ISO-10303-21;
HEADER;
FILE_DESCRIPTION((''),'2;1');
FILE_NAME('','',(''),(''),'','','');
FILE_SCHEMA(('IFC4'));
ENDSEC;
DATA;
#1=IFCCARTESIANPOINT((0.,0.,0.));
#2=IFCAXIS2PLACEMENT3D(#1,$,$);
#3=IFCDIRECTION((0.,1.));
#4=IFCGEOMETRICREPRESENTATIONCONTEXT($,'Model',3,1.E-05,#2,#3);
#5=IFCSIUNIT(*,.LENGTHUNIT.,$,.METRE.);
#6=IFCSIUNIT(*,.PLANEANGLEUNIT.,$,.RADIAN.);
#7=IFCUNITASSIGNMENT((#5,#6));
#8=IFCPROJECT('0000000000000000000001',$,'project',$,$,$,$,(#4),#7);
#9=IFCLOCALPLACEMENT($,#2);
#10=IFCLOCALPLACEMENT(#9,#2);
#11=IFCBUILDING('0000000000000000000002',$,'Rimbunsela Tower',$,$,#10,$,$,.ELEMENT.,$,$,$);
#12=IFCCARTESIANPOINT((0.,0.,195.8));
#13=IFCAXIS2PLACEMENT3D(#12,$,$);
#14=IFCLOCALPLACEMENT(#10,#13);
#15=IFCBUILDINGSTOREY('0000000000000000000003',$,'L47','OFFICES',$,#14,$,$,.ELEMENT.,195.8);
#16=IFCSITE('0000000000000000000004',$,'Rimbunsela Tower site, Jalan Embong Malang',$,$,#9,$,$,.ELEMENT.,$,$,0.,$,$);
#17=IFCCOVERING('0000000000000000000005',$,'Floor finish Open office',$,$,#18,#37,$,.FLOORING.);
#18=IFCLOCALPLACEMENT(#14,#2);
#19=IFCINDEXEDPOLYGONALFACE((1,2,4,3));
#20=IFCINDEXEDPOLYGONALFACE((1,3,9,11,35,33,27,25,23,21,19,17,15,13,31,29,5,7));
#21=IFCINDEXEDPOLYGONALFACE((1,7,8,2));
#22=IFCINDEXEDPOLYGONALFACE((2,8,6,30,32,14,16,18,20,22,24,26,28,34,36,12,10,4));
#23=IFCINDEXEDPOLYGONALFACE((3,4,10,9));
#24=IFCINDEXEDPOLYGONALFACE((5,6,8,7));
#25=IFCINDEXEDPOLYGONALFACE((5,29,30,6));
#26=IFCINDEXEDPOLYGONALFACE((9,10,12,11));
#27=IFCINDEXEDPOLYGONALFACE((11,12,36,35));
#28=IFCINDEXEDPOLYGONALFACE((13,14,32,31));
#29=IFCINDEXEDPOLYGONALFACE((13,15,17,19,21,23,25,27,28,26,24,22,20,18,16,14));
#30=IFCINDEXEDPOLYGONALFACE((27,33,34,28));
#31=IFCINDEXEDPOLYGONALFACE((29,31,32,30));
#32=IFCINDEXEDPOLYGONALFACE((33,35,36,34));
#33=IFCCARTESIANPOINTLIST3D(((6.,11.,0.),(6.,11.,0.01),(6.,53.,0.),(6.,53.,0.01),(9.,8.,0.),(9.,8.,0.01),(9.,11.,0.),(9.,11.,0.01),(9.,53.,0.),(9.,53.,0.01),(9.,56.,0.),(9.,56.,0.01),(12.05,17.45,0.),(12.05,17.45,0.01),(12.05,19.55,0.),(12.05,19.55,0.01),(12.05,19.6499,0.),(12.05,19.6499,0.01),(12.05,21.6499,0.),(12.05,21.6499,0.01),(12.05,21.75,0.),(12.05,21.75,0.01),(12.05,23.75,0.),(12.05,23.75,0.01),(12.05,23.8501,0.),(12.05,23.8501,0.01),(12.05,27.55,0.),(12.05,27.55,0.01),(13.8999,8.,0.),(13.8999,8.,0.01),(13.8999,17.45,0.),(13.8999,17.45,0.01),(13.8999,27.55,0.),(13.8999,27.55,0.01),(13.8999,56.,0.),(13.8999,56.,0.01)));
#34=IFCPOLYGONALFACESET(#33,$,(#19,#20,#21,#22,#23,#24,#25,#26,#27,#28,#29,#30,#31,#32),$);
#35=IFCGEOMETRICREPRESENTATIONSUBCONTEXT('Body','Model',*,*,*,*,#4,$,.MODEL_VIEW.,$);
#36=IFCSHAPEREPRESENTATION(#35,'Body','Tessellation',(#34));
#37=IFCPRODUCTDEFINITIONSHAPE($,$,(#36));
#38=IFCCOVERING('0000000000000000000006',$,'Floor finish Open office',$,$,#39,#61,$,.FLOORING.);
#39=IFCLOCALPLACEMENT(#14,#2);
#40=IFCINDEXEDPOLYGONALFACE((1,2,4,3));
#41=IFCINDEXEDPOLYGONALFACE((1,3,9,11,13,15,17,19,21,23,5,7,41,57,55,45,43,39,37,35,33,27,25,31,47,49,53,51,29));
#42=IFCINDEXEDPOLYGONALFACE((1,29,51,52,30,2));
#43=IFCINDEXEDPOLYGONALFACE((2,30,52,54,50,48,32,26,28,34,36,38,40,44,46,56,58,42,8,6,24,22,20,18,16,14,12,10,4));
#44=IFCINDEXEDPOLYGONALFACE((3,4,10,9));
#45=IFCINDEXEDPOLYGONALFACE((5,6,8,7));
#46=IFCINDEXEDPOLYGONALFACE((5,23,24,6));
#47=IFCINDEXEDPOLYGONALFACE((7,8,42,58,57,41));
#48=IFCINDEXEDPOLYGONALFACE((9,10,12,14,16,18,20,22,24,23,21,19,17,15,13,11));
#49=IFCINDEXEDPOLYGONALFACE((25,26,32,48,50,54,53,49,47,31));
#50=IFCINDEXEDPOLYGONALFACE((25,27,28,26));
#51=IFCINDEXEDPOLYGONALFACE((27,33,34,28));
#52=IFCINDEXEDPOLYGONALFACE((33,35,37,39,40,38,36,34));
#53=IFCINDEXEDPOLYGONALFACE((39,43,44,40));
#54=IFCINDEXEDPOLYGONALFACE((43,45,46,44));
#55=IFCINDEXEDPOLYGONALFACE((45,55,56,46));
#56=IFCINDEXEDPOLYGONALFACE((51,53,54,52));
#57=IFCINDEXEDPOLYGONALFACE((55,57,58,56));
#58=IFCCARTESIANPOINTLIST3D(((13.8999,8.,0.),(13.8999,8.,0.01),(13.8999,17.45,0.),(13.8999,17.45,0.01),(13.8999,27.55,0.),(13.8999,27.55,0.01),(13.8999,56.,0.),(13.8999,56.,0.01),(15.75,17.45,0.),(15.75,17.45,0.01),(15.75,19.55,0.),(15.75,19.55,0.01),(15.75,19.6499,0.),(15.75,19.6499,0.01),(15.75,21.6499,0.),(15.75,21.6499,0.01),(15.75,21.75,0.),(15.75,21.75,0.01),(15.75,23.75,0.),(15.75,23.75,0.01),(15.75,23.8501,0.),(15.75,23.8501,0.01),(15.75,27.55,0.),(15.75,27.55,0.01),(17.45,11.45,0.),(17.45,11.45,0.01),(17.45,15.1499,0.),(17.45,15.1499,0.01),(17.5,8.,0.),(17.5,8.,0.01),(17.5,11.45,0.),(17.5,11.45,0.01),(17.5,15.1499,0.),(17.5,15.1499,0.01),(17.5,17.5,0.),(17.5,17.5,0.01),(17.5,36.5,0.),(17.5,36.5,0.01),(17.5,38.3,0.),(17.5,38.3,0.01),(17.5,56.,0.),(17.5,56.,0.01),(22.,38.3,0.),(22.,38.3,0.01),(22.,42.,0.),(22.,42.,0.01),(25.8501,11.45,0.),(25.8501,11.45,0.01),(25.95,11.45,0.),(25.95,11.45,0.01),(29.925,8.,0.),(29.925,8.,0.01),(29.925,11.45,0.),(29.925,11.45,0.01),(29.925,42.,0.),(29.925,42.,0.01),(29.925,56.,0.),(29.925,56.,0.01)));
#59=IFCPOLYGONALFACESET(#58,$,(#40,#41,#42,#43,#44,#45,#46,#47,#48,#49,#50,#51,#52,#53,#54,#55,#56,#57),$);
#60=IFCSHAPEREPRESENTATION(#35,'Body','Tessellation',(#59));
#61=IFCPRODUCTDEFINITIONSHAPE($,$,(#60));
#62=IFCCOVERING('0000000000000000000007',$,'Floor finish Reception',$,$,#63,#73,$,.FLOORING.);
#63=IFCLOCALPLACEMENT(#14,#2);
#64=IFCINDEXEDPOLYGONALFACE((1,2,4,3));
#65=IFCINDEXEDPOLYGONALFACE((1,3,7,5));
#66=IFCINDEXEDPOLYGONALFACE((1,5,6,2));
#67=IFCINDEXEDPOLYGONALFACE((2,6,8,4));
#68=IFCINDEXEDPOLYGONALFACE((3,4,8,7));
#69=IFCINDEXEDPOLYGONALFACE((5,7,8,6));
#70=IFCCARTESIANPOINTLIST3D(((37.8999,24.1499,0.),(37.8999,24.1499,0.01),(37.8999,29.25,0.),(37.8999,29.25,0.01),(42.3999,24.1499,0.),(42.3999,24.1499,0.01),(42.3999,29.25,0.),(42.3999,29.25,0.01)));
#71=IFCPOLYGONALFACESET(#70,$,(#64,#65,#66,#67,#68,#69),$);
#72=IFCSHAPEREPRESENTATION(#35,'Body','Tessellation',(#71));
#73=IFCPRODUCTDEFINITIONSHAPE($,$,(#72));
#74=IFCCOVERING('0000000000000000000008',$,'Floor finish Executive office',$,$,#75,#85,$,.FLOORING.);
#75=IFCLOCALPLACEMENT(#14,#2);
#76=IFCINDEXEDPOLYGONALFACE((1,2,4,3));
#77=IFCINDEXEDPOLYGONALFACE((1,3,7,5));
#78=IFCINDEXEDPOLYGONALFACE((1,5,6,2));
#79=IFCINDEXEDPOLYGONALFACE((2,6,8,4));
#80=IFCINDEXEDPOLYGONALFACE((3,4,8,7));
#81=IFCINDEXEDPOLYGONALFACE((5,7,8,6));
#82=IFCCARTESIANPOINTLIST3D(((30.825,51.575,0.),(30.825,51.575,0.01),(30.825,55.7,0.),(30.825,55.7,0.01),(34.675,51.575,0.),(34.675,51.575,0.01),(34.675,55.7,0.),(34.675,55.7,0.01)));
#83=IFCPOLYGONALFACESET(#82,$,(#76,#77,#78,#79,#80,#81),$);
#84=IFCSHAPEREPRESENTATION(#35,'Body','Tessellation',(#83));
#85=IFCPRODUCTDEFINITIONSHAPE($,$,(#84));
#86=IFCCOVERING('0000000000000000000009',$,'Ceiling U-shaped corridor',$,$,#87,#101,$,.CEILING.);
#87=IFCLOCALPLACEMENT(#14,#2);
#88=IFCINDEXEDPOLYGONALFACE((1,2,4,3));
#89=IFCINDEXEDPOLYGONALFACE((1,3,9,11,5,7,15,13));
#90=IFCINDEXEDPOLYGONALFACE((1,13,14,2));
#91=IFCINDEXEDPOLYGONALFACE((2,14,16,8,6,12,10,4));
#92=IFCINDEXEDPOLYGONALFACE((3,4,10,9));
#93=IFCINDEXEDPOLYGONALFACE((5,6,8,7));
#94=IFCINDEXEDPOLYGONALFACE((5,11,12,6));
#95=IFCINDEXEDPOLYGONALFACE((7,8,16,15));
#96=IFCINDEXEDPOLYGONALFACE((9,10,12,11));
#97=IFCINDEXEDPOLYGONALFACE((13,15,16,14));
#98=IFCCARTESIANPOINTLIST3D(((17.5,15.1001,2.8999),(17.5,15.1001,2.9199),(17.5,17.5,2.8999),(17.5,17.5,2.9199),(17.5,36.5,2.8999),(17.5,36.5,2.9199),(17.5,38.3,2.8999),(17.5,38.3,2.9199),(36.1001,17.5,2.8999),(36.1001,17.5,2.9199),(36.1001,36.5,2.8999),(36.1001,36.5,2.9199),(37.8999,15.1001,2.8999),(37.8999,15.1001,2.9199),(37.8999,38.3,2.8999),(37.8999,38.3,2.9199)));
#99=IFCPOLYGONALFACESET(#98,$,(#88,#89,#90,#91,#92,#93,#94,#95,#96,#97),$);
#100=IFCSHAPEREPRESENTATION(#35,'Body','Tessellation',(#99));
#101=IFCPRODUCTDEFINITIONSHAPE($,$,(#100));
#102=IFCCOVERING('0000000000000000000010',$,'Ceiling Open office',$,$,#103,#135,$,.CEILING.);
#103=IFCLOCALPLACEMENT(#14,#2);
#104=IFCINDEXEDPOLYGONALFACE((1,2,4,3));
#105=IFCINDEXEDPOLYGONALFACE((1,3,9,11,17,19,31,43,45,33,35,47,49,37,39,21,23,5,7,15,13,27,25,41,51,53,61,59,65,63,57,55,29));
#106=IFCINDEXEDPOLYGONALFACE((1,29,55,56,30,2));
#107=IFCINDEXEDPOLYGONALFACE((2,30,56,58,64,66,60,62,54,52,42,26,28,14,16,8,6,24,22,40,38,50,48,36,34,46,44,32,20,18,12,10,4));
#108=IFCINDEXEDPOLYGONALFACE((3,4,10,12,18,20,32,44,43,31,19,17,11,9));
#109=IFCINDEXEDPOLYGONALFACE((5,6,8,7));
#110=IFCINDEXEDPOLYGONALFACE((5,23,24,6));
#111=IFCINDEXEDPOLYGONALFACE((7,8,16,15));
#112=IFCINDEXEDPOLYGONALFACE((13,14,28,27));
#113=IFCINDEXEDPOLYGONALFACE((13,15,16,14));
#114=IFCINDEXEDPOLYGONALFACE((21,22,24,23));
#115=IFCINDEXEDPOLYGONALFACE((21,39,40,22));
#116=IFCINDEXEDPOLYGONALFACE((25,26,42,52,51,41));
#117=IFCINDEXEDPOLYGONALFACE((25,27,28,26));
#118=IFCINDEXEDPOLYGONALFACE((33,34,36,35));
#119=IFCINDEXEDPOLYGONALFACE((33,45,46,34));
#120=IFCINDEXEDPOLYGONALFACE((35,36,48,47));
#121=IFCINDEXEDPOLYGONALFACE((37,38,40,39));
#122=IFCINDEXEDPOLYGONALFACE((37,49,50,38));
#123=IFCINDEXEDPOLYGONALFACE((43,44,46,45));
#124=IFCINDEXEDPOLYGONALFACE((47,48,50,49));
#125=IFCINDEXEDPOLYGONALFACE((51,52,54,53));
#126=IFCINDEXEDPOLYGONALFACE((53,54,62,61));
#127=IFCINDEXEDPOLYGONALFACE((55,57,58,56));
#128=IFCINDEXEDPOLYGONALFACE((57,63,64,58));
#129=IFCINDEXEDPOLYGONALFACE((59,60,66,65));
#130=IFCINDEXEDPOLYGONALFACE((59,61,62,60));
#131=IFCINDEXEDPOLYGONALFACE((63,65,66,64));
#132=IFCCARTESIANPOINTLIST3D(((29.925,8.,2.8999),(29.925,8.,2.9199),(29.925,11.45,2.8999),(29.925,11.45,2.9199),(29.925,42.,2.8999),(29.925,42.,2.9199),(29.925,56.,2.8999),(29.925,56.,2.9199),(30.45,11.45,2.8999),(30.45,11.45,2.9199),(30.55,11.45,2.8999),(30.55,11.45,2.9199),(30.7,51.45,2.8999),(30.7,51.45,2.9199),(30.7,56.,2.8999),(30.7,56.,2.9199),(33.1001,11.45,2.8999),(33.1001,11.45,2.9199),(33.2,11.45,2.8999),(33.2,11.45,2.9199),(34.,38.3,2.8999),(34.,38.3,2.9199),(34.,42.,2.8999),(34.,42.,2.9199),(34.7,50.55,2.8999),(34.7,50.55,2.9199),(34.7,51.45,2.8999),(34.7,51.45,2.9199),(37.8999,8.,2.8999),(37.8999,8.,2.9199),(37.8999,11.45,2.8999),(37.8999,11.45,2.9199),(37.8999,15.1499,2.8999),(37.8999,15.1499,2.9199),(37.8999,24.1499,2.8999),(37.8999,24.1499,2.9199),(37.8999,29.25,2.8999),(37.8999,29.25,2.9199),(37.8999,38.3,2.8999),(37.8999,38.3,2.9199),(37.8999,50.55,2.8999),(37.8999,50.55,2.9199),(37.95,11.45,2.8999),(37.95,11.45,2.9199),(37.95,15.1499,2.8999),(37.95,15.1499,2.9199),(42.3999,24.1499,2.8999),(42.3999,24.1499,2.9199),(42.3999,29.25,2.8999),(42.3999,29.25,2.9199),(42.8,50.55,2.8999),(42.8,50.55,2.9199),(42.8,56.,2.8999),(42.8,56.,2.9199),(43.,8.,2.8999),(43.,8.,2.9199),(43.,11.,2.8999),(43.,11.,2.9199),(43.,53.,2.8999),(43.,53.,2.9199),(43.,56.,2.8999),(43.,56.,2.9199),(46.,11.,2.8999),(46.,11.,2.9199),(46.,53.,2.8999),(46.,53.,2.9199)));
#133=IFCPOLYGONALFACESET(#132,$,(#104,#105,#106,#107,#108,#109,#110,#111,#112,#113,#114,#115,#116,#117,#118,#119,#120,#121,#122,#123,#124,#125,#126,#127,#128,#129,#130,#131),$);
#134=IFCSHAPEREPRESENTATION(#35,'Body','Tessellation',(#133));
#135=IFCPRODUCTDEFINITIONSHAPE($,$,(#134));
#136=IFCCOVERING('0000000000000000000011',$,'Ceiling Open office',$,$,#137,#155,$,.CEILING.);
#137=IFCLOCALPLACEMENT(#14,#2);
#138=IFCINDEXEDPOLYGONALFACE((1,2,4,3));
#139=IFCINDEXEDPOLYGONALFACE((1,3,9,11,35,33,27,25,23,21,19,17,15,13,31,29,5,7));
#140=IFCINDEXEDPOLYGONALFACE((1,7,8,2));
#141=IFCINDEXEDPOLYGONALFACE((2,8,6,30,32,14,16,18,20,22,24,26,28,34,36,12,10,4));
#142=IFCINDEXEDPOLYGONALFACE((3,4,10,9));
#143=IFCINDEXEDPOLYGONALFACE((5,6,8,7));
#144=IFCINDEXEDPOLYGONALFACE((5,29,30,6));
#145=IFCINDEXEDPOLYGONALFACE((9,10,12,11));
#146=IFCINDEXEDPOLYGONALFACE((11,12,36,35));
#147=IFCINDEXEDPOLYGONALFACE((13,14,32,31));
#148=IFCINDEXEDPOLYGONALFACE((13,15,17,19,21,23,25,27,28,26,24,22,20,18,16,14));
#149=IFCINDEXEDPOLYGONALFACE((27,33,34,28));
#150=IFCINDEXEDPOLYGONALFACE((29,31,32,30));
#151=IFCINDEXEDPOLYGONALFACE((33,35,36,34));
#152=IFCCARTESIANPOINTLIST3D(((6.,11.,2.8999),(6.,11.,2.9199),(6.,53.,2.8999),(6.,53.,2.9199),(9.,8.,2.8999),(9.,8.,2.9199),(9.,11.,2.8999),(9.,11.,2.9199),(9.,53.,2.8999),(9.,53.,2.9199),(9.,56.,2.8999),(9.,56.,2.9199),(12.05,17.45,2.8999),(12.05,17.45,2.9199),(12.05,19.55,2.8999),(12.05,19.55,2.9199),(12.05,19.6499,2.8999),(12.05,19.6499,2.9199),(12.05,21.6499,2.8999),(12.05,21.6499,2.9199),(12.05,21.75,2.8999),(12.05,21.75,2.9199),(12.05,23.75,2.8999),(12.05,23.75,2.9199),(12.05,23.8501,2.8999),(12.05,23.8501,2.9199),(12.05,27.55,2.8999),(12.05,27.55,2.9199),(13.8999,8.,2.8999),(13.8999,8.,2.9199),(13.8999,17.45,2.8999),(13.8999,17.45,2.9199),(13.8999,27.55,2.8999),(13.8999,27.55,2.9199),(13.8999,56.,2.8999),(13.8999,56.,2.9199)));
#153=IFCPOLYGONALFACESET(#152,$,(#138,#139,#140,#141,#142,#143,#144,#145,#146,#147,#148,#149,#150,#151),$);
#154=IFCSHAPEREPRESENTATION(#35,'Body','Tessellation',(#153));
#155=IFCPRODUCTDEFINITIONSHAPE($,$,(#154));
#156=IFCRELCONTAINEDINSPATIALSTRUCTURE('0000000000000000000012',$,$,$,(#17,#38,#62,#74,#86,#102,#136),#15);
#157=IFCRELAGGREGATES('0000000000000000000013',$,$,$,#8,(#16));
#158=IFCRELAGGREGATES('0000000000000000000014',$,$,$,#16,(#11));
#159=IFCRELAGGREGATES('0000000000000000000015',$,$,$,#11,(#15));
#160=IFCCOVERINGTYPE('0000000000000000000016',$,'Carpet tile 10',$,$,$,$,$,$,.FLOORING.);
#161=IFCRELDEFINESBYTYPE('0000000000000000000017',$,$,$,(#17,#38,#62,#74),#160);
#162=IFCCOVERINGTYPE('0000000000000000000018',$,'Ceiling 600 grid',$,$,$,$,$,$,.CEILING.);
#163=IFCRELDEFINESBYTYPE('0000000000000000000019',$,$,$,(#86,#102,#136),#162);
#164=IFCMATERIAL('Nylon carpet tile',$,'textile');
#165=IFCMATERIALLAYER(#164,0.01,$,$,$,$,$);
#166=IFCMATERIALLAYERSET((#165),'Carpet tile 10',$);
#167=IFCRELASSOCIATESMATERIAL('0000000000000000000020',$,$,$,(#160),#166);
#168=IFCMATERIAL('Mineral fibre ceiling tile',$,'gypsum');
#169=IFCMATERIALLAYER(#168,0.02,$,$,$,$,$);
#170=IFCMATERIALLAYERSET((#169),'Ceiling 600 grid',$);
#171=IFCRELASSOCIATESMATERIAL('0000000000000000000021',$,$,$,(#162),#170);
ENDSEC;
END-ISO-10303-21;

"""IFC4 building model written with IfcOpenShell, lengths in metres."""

from ifc_helpers import new_model, si_unit, direction, frame, origin, place, context, subcontext, project, spatial, polyline, outline, extrude, material, layer, layer_set, type_object, element, save


model = new_model("IFC4")

# Units and contexts
model_context = context("Model", 3, precision=1e-05, world=origin(), true_north=direction((0.0, 1.0)))
body_context = subcontext(model_context, "Body", "Model", "MODEL_VIEW")
ifc_project = project(units=[si_unit("LENGTHUNIT", "METRE"), si_unit("PLANEANGLEUNIT", "RADIAN")], contexts=[model_context])

# Site, building, storey
site_placement = place(None, origin())
site = spatial("IfcSite", under=ifc_project, at=site_placement, Name="Rimbunsela Tower site, Jalan Embong Malang", CompositionType="ELEMENT", RefElevation=0.0)
building_placement = place(site_placement, origin())
building = spatial("IfcBuilding", under=site, at=building_placement, Name="Rimbunsela Tower", CompositionType="ELEMENT")
storey_placement = place(building_placement, frame((0.0, 0.0, 195.8)))
storey = spatial("IfcBuildingStorey", under=building, at=storey_placement, Name="L47", Description="OFFICES", CompositionType="ELEMENT", Elevation=195.8)

# Coverings
ifc_material_1 = material(Name="Nylon carpet tile", Category="textile")
ifc_layer_1 = layer(ifc_material_1, 0.01)
ifc_layer_set_1 = layer_set([ifc_layer_1], Name="Carpet tile 10")
covering_type_1 = type_object("IfcCoveringType", Name="Carpet tile 10", PredefinedType="FLOORING", material=ifc_layer_set_1)
covering_1_placement = place(storey_placement, origin())
element("IfcCovering", 1, at=covering_1_placement, inside=storey, type_object=covering_type_1, Name="Floor finish Open office", PredefinedType="FLOORING", context=body_context, shape_type="SweptSolid", body=[
    extrude(outline(polyline([(13.8999, 8.0), (9.0, 8.0), (9.0, 11.0), (6.0, 11.0), (6.0, 53.0), (9.0, 53.0), (9.0, 56.0), (13.8999, 56.0), (13.8999, 27.55), (12.05, 27.55), (12.05, 23.8501), (12.05, 23.75), (12.05, 21.75), (12.05, 21.6499), (12.05, 19.6499), (12.05, 19.55), (12.05, 17.45), (13.8999, 17.45), (13.8999, 8.0)])), origin(), (0.0, 0.0, 1.0), 0.01),
])
covering_2_placement = place(storey_placement, origin())
element("IfcCovering", 2, at=covering_2_placement, inside=storey, type_object=covering_type_1, Name="Floor finish Open office", PredefinedType="FLOORING", context=body_context, shape_type="SweptSolid", body=[
    extrude(outline(polyline([(17.5, 8.0), (13.8999, 8.0), (13.8999, 17.45), (15.75, 17.45), (15.75, 19.55), (15.75, 19.6499), (15.75, 21.6499), (15.75, 21.75), (15.75, 23.75), (15.75, 23.8501), (15.75, 27.55), (13.8999, 27.55), (13.8999, 56.0), (17.5, 56.0), (29.925, 56.0), (29.925, 42.0), (22.0, 42.0), (22.0, 38.3), (17.5, 38.3), (17.5, 36.5), (17.5, 17.5), (17.5, 15.1499), (17.45, 15.1499), (17.45, 11.45), (17.5, 11.45), (25.8501, 11.45), (25.95, 11.45), (29.925, 11.45), (29.925, 8.0), (17.5, 8.0)])), origin(), (0.0, 0.0, 1.0), 0.01),
])
covering_3_placement = place(storey_placement, origin())
element("IfcCovering", 3, at=covering_3_placement, inside=storey, type_object=covering_type_1, Name="Floor finish Reception", PredefinedType="FLOORING", context=body_context, shape_type="SweptSolid", body=[
    extrude(outline(polyline([(42.3999, 24.1499), (42.3999, 29.25), (37.8999, 29.25), (37.8999, 24.1499), (42.3999, 24.1499)])), origin(), (0.0, 0.0, 1.0), 0.01),
])
covering_4_placement = place(storey_placement, origin())
element("IfcCovering", 4, at=covering_4_placement, inside=storey, type_object=covering_type_1, Name="Floor finish Executive office", PredefinedType="FLOORING", context=body_context, shape_type="SweptSolid", body=[
    extrude(outline(polyline([(34.675, 51.575), (34.675, 55.7), (30.825, 55.7), (30.825, 51.575), (34.675, 51.575)])), origin(), (0.0, 0.0, 1.0), 0.01),
])
ifc_material_2 = material(Name="Mineral fibre ceiling tile", Category="gypsum")
ifc_layer_2 = layer(ifc_material_2, 0.02)
ifc_layer_set_2 = layer_set([ifc_layer_2], Name="Ceiling 600 grid")
covering_type_2 = type_object("IfcCoveringType", Name="Ceiling 600 grid", PredefinedType="CEILING", material=ifc_layer_set_2)
covering_5_placement = place(storey_placement, frame((0.0, 0.0, 2.8999)))
element("IfcCovering", 5, at=covering_5_placement, inside=storey, type_object=covering_type_2, Name="Ceiling U-shaped corridor", PredefinedType="CEILING", context=body_context, shape_type="SweptSolid", body=[
    extrude(outline(polyline([(37.8999, 38.3), (37.8999, 15.1001), (17.5, 15.1001), (17.5, 17.5), (36.1001, 17.5), (36.1001, 36.5), (17.5, 36.5), (17.5, 38.3), (37.8999, 38.3)])), origin(), (0.0, 0.0, 1.0), 0.02),
])
covering_6_placement = place(storey_placement, frame((0.0, 0.0, 2.8999)))
element("IfcCovering", 6, at=covering_6_placement, inside=storey, type_object=covering_type_2, Name="Ceiling Open office", PredefinedType="CEILING", context=body_context, shape_type="SweptSolid", body=[
    extrude(outline(polyline([(29.925, 56.0), (30.7, 56.0), (30.7, 51.45), (34.7, 51.45), (34.7, 50.55), (37.8999, 50.55), (42.8, 50.55), (42.8, 56.0), (43.0, 56.0), (43.0, 53.0), (46.0, 53.0), (46.0, 11.0), (43.0, 11.0), (43.0, 8.0), (37.8999, 8.0), (29.925, 8.0), (29.925, 11.45), (30.45, 11.45), (30.55, 11.45), (33.1001, 11.45), (33.2, 11.45), (37.8999, 11.45), (37.95, 11.45), (37.95, 15.1499), (37.8999, 15.1499), (37.8999, 24.1499), (42.3999, 24.1499), (42.3999, 29.25), (37.8999, 29.25), (37.8999, 38.3), (34.0, 38.3), (34.0, 42.0), (29.925, 42.0), (29.925, 56.0)])), origin(), (0.0, 0.0, 1.0), 0.02),
])
covering_7_placement = place(storey_placement, frame((0.0, 0.0, 2.8999)))
element("IfcCovering", 7, at=covering_7_placement, inside=storey, type_object=covering_type_2, Name="Ceiling Open office", PredefinedType="CEILING", context=body_context, shape_type="SweptSolid", body=[
    extrude(outline(polyline([(13.8999, 8.0), (9.0, 8.0), (9.0, 11.0), (6.0, 11.0), (6.0, 53.0), (9.0, 53.0), (9.0, 56.0), (13.8999, 56.0), (13.8999, 27.55), (12.05, 27.55), (12.05, 23.8501), (12.05, 23.75), (12.05, 21.75), (12.05, 21.6499), (12.05, 19.6499), (12.05, 19.55), (12.05, 17.45), (13.8999, 17.45), (13.8999, 8.0)])), origin(), (0.0, 0.0, 1.0), 0.02),
])

save(model, "model.ifc")
